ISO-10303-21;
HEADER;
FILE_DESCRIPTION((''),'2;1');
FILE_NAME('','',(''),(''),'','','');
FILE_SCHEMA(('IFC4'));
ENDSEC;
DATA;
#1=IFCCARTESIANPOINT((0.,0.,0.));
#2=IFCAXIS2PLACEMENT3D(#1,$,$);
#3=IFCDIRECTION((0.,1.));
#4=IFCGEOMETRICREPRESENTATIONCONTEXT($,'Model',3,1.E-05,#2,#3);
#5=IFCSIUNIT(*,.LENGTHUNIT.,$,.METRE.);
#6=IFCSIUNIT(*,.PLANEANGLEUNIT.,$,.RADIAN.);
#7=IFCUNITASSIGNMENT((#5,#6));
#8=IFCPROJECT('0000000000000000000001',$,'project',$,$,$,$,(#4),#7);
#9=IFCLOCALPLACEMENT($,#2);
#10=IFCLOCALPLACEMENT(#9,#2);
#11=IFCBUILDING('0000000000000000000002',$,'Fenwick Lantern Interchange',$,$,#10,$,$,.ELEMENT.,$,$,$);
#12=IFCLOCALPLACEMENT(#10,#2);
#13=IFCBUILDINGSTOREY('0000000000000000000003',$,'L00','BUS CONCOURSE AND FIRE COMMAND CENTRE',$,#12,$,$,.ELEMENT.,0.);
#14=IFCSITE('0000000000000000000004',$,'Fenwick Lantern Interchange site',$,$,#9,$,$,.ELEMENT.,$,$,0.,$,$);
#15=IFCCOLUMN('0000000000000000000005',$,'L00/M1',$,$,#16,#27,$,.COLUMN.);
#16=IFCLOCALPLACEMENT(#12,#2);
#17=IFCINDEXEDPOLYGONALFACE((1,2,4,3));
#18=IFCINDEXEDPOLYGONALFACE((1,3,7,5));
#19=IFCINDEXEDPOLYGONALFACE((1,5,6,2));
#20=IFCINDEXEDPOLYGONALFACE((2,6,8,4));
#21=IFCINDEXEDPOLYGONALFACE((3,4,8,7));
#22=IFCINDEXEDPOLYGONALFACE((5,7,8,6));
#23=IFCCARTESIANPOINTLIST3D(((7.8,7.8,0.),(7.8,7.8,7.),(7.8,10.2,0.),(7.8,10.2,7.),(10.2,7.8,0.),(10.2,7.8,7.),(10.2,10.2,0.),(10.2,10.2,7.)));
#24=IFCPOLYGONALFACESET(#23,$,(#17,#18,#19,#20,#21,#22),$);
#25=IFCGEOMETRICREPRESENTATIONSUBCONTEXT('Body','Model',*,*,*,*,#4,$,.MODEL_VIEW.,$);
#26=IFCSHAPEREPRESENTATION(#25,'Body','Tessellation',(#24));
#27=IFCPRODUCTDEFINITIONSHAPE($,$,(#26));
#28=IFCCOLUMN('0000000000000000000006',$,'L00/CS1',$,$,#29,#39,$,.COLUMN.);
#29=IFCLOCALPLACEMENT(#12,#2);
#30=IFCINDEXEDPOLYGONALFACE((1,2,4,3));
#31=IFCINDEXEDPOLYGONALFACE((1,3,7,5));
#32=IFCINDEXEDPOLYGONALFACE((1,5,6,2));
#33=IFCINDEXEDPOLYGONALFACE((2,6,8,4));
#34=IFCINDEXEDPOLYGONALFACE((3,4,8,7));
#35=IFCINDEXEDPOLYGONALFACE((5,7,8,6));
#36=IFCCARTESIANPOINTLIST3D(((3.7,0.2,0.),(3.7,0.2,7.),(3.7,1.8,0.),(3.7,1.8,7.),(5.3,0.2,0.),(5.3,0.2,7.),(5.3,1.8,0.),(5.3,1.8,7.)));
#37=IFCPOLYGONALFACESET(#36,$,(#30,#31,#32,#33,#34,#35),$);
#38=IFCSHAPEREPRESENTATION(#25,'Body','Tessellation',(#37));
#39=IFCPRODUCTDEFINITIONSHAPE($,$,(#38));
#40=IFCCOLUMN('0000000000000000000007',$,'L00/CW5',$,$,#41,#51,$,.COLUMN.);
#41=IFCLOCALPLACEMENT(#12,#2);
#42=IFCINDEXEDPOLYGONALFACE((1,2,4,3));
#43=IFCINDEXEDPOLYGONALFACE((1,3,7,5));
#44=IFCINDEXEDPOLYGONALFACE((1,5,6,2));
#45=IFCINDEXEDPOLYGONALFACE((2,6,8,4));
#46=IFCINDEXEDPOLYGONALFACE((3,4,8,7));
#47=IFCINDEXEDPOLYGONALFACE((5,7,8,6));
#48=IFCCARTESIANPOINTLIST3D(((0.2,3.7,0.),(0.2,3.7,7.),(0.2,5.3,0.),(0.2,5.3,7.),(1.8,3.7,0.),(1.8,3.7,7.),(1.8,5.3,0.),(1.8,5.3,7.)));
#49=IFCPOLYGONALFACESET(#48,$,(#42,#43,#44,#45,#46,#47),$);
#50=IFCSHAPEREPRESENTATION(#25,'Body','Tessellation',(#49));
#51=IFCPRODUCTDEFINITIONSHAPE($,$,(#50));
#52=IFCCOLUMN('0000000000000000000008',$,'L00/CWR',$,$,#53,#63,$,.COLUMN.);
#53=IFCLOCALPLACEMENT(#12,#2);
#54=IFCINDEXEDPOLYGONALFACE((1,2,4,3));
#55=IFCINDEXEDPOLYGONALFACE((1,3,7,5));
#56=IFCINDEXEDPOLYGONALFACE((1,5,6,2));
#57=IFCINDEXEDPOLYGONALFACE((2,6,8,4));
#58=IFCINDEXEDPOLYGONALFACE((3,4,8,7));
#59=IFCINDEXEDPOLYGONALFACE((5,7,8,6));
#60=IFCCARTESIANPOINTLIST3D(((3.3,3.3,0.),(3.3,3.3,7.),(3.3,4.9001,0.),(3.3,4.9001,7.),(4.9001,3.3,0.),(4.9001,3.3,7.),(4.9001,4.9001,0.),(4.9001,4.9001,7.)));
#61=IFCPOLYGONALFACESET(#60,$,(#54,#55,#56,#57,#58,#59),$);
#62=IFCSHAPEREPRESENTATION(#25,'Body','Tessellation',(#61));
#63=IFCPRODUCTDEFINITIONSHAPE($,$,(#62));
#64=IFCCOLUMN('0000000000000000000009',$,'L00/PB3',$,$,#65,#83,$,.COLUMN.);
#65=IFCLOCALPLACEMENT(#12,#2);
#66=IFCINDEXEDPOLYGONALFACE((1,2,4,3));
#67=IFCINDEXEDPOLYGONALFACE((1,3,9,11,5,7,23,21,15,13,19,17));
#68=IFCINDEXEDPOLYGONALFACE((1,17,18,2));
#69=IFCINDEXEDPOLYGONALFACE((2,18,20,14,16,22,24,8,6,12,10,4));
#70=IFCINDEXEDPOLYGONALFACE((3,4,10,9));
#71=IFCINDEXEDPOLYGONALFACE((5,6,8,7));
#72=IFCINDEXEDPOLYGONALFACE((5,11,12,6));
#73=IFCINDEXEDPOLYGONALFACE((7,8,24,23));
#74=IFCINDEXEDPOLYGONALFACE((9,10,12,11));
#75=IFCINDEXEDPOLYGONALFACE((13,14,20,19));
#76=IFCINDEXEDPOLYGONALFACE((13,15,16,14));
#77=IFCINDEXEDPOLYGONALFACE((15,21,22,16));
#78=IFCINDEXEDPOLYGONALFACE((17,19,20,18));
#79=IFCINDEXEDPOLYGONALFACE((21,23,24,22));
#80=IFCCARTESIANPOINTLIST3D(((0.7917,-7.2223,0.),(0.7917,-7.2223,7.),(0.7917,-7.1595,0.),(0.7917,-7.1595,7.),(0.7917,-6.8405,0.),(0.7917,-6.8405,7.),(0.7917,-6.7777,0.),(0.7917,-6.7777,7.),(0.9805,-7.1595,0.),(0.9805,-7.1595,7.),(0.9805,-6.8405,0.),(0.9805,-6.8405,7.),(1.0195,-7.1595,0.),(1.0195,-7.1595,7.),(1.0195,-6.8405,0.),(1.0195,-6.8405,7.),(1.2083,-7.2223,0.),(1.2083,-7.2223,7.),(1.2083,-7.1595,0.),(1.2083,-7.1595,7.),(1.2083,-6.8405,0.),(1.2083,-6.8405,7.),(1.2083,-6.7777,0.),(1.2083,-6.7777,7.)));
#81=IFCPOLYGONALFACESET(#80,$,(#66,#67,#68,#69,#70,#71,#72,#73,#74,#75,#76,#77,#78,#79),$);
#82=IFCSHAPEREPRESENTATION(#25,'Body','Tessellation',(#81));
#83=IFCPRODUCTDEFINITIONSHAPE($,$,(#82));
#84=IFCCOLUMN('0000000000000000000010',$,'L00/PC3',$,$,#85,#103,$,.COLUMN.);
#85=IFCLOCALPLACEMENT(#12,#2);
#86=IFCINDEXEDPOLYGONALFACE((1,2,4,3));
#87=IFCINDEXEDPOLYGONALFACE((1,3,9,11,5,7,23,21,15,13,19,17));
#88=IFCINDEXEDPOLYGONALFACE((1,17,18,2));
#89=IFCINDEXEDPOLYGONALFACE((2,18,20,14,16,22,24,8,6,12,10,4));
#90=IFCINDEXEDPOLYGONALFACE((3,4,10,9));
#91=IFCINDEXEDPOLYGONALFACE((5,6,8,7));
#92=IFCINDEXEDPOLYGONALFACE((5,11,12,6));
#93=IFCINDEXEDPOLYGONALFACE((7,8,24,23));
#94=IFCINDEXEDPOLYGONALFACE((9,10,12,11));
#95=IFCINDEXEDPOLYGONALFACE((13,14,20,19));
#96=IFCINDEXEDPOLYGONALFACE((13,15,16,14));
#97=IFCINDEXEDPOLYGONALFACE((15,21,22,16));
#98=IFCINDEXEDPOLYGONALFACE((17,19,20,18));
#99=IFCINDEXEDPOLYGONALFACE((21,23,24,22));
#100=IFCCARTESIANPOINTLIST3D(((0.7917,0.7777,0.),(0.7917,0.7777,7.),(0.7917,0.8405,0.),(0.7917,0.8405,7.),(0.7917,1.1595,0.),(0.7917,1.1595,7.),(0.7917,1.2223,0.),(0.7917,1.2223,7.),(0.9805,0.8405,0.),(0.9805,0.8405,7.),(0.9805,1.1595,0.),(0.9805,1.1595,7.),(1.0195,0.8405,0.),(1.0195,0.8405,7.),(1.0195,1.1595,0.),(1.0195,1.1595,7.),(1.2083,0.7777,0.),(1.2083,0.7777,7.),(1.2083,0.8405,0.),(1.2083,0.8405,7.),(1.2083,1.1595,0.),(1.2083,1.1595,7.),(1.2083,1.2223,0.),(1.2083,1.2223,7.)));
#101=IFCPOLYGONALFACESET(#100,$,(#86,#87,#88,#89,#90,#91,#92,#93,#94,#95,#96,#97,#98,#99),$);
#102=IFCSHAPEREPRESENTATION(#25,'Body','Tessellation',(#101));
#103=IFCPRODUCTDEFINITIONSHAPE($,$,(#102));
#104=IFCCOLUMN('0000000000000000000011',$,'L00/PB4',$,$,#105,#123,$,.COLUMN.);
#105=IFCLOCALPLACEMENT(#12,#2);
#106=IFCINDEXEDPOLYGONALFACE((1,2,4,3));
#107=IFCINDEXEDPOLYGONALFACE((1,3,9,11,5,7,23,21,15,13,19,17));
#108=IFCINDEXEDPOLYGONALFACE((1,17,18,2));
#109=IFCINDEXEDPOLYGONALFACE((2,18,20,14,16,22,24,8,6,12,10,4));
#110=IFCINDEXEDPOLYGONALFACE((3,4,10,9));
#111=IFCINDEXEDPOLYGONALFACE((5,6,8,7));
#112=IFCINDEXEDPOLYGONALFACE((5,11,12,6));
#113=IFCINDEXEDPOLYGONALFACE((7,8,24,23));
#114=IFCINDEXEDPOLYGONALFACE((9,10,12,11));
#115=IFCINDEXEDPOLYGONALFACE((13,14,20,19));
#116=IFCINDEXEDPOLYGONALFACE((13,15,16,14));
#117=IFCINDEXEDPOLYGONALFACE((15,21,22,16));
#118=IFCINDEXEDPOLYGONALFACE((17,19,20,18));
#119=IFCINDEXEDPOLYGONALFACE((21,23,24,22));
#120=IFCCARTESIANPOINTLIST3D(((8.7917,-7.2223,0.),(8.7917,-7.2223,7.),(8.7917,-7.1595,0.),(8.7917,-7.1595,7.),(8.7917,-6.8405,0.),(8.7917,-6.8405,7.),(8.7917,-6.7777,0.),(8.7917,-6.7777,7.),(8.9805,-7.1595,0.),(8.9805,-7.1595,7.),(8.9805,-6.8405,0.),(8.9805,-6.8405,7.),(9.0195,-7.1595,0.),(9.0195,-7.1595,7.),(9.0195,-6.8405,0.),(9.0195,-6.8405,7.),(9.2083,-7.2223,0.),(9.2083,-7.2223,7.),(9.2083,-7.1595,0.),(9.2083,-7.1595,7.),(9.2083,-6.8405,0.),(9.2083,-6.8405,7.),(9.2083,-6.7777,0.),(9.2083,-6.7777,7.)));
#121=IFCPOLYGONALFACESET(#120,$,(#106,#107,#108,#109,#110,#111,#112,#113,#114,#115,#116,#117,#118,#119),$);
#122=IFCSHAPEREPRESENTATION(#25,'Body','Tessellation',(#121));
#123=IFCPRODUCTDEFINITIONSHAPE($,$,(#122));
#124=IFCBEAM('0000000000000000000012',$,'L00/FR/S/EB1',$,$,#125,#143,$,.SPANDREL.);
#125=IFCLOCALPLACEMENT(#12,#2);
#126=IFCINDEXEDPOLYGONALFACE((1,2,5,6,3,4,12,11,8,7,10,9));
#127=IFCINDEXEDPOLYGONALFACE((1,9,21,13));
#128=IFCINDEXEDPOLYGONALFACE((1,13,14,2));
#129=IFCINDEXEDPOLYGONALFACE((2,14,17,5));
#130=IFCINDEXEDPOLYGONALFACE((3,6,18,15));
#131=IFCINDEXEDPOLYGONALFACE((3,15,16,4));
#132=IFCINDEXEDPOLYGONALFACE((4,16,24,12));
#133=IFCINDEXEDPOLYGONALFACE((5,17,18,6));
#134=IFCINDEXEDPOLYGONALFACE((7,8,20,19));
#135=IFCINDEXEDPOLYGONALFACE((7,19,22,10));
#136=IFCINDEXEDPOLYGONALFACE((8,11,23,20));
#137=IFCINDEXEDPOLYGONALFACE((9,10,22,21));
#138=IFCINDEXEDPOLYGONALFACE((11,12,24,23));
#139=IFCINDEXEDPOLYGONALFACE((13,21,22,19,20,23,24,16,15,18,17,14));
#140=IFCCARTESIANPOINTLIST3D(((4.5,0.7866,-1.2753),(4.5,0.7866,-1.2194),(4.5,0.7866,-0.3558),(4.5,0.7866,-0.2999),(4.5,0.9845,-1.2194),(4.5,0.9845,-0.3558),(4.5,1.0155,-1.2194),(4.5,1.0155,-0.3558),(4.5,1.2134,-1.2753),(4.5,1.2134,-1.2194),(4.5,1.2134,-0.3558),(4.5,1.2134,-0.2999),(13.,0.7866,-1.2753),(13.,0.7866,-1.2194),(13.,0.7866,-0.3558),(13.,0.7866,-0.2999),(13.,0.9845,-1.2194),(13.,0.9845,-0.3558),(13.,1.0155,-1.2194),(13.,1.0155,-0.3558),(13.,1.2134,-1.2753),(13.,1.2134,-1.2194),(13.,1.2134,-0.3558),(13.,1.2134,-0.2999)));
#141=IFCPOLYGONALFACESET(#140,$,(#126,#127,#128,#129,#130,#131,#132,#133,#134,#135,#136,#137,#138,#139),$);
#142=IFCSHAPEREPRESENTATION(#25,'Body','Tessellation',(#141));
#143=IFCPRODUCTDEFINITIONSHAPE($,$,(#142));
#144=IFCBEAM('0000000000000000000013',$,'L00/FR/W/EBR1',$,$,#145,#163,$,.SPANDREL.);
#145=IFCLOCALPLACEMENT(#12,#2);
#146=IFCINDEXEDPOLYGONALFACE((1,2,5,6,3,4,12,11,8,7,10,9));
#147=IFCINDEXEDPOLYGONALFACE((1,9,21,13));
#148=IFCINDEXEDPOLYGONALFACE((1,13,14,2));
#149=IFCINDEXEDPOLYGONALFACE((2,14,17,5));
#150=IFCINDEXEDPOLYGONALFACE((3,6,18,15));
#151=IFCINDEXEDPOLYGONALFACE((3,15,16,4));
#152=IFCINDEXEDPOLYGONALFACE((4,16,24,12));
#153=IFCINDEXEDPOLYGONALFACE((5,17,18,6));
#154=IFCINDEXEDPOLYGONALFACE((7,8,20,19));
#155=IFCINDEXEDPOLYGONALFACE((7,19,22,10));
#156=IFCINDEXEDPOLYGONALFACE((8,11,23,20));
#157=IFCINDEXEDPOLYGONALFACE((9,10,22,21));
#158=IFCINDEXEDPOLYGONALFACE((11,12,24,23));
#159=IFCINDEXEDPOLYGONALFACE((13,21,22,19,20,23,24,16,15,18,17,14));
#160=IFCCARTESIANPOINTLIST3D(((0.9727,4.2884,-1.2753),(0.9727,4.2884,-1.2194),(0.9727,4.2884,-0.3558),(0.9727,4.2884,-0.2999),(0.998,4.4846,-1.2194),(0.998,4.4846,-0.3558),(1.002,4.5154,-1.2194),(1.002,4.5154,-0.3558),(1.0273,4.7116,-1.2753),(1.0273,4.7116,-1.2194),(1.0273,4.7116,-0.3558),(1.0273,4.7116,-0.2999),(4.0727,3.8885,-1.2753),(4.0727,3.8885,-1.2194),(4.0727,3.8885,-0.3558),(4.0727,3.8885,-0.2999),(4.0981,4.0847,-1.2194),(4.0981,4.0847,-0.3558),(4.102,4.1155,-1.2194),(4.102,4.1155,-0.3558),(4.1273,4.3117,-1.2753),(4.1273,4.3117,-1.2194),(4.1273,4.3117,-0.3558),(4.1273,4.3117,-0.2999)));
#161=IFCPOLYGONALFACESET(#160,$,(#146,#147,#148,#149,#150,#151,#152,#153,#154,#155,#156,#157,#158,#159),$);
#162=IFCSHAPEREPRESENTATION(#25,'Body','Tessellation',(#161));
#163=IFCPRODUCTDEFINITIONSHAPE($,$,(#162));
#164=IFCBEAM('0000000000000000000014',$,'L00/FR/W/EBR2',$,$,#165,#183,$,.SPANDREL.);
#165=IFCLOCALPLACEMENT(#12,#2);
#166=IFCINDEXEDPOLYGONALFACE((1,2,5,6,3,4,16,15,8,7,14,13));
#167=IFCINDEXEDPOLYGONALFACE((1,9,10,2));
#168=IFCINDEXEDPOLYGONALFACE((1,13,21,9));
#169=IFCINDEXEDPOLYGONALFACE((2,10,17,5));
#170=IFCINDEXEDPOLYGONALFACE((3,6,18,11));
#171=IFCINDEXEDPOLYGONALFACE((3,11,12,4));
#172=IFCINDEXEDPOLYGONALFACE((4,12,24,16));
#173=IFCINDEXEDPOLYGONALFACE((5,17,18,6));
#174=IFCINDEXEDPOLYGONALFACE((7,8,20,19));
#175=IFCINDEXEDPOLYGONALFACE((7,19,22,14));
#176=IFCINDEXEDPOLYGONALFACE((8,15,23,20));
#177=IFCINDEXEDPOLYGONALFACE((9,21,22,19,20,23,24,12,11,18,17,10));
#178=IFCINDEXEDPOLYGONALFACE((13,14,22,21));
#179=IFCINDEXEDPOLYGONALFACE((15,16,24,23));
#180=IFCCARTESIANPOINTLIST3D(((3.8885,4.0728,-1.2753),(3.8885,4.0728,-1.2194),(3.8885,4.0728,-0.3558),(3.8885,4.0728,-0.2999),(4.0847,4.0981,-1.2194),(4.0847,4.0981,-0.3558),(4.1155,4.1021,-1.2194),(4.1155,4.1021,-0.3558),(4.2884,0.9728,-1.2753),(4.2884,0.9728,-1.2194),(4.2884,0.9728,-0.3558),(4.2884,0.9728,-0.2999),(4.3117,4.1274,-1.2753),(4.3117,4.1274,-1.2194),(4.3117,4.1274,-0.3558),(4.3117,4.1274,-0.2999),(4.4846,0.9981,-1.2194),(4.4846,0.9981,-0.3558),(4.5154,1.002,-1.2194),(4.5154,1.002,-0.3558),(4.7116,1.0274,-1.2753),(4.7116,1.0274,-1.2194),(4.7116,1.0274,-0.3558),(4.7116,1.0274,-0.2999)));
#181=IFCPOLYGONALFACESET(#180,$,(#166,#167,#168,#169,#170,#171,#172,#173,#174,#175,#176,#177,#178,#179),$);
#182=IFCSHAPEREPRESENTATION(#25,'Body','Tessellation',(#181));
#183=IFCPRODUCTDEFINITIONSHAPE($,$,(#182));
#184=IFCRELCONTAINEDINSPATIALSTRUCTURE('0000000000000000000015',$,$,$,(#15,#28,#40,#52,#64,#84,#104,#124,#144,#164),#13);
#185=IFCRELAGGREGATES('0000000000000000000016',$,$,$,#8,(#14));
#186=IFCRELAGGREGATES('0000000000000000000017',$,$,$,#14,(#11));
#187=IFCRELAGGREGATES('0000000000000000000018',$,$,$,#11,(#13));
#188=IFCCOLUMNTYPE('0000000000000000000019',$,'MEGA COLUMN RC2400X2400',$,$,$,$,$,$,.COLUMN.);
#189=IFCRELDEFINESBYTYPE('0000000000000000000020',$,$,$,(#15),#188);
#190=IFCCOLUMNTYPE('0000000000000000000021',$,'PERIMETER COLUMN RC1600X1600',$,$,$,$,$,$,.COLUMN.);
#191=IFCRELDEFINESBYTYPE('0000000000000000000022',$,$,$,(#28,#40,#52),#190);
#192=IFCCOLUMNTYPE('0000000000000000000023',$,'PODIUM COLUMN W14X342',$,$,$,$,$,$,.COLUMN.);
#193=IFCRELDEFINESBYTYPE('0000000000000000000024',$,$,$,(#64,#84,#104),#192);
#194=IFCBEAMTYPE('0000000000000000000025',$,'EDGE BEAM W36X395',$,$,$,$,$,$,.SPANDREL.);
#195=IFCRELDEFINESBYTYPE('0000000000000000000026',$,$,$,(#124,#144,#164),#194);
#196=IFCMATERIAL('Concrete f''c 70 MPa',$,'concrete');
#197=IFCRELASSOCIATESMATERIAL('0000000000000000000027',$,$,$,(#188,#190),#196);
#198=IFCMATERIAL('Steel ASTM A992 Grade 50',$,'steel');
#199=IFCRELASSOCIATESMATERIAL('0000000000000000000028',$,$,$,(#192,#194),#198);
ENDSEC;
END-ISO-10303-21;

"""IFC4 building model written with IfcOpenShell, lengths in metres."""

from ifc_helpers import new_model, si_unit, direction, frame, origin, origin_2d, place, context, subcontext, project, spatial, rectangle, i_section, extrude, material, material_profile, profile_set, type_object, element, save


model = new_model("IFC4")

# Units and contexts
model_context = context("Model", 3, precision=1e-05, world=origin(), true_north=direction((0.0, 1.0)))
body_context = subcontext(model_context, "Body", "Model", "MODEL_VIEW")
ifc_project = project(units=[si_unit("LENGTHUNIT", "METRE"), si_unit("PLANEANGLEUNIT", "RADIAN")], contexts=[model_context])

# Site, building, storey
site_placement = place(None, origin())
site = spatial("IfcSite", under=ifc_project, at=site_placement, Name="Fenwick Lantern Interchange site", CompositionType="ELEMENT", RefElevation=0.0)
building_placement = place(site_placement, origin())
building = spatial("IfcBuilding", under=site, at=building_placement, Name="Fenwick Lantern Interchange", CompositionType="ELEMENT")
storey_placement = place(building_placement, origin())
storey = spatial("IfcBuildingStorey", under=building, at=storey_placement, Name="L00", Description="BUS CONCOURSE AND FIRE COMMAND CENTRE", CompositionType="ELEMENT", Elevation=0.0)

# Columns
ifc_material_1 = material(Name="Concrete f'c 70 MPa", Category="concrete")
ifc_material_profile_1 = material_profile(ifc_material_1, rectangle(XDim=2.3999, YDim=2.3999, at=origin_2d()), Name="RC2400X2400")
ifc_profile_set_1 = profile_set([ifc_material_profile_1], Name="Concrete f'c 70 MPa")
column_type_1 = type_object("IfcColumnType", Name="MEGA COLUMN RC2400X2400", PredefinedType="COLUMN", material=ifc_profile_set_1)
column_placement = place(storey_placement, frame((9.0, 9.0, 0.0), z_axis=(0.0, 0.0, 1.0), x_axis=(1.0, 0.0, 0.0)))
element("IfcColumn", 1, at=column_placement, inside=storey, type_object=column_type_1, Name="L00/M1", PredefinedType="COLUMN", context=body_context, shape_type="SweptSolid", body=[
    extrude(rectangle(XDim=2.3999, YDim=2.3999, at=origin_2d()), origin(), (0.0, 0.0, 1.0), 7.0),
])
ifc_material_profile_2 = material_profile(ifc_material_1, rectangle(XDim=1.6001, YDim=1.6001, at=origin_2d()), Name="RC1600X1600")
ifc_profile_set_2 = profile_set([ifc_material_profile_2], Name="Concrete f'c 70 MPa")
column_type_2 = type_object("IfcColumnType", Name="PERIMETER COLUMN RC1600X1600", PredefinedType="COLUMN", material=ifc_profile_set_2)
for number, where, z_axis, x_axis, name in (
    (2, (4.5, 1.0, 0.0), (0.0, 0.0, 1.0), (1.0, 0.0, 0.0), "L00/CS1"),
    (3, (1.0, 4.5, 0.0), (0.0, 0.0, 1.0), (1.0, 0.0, 0.0), "L00/CW5"),
    (4, (4.1001, 4.1001, 0.0), (0.0, 0.0, 1.0), (1.0, 0.0, 0.0), "L00/CWR"),
):
    element("IfcColumn", number, at=place(storey_placement, frame(where, z_axis=z_axis, x_axis=x_axis)), inside=storey, type_object=column_type_2, Name=name, PredefinedType="COLUMN", context=body_context, shape_type="SweptSolid", body=[
        extrude(rectangle(XDim=1.6001, YDim=1.6001, at=origin_2d()), origin(), (0.0, 0.0, 1.0), 7.0),
    ])
ifc_material_2 = material(Name="Steel ASTM A992 Grade 50", Category="steel")
ifc_material_profile_3 = material_profile(ifc_material_2, i_section(OverallWidth=0.4165, OverallDepth=0.4446, WebThickness=0.0391, FlangeThickness=0.0627, at=origin_2d()), Name="W14X342")
ifc_profile_set_3 = profile_set([ifc_material_profile_3], Name="Steel ASTM A992 Grade 50")
column_type_3 = type_object("IfcColumnType", Name="PODIUM COLUMN W14X342", PredefinedType="COLUMN", material=ifc_profile_set_3)
for number, where, z_axis, x_axis, name in (
    (5, (1.0, -7.0, 0.0), (0.0, 0.0, 1.0), (1.0, 0.0, 0.0), "L00/PB3"),
    (6, (1.0, 1.0, 0.0), (0.0, 0.0, 1.0), (1.0, 0.0, 0.0), "L00/PC3"),
    (7, (9.0, -7.0, 0.0), (0.0, 0.0, 1.0), (1.0, 0.0, 0.0), "L00/PB4"),
):
    element("IfcColumn", number, at=place(storey_placement, frame(where, z_axis=z_axis, x_axis=x_axis)), inside=storey, type_object=column_type_3, Name=name, PredefinedType="COLUMN", context=body_context, shape_type="SweptSolid", body=[
        extrude(i_section(OverallWidth=0.4165, OverallDepth=0.4446, WebThickness=0.0391, FlangeThickness=0.0627, at=origin_2d()), origin(), (0.0, 0.0, 1.0), 7.0),
    ])

# Beams
ifc_material_profile_4 = material_profile(ifc_material_2, i_section(OverallWidth=0.4268, OverallDepth=0.9753, WebThickness=0.031, FlangeThickness=0.0559, at=origin_2d()), Name="W36X395")
ifc_profile_set_4 = profile_set([ifc_material_profile_4], Name="Steel ASTM A992 Grade 50")
beam_type_1 = type_object("IfcBeamType", Name="EDGE BEAM W36X395", PredefinedType="SPANDREL", material=ifc_profile_set_4)
beam_1_placement = place(storey_placement, frame((4.5, 1.0, -0.7876), z_axis=(1.0, 0.0, 0.0), x_axis=(0.0, 1.0, 0.0)))
element("IfcBeam", 8, at=beam_1_placement, inside=storey, type_object=beam_type_1, Name="L00/FR/S/EB1", PredefinedType="SPANDREL", context=body_context, shape_type="SweptSolid", body=[
    extrude(i_section(OverallWidth=0.4268, OverallDepth=0.9753, WebThickness=0.031, FlangeThickness=0.0559, at=origin_2d()), origin(), (0.0, 0.0, 1.0), 8.5),
])
for number, where, z_axis, x_axis, name in (
    (9, (1.0, 4.5, -0.7876), (0.991782, -0.127937, 0.0), (0.127937, 0.991782, 0.0), "L00/FR/W/EBR1"),
    (10, (4.1001, 4.1001, -0.7876), (0.127937, -0.991782, 0.0), (0.991782, 0.127937, 0.0), "L00/FR/W/EBR2"),
):
    element("IfcBeam", number, at=place(storey_placement, frame(where, z_axis=z_axis, x_axis=x_axis)), inside=storey, type_object=beam_type_1, Name=name, PredefinedType="SPANDREL", context=body_context, shape_type="SweptSolid", body=[
        extrude(i_section(OverallWidth=0.4268, OverallDepth=0.9753, WebThickness=0.031, FlangeThickness=0.0559, at=origin_2d()), origin(), (0.0, 0.0, 1.0), 3.1257),
    ])

save(model, "model.ifc")
